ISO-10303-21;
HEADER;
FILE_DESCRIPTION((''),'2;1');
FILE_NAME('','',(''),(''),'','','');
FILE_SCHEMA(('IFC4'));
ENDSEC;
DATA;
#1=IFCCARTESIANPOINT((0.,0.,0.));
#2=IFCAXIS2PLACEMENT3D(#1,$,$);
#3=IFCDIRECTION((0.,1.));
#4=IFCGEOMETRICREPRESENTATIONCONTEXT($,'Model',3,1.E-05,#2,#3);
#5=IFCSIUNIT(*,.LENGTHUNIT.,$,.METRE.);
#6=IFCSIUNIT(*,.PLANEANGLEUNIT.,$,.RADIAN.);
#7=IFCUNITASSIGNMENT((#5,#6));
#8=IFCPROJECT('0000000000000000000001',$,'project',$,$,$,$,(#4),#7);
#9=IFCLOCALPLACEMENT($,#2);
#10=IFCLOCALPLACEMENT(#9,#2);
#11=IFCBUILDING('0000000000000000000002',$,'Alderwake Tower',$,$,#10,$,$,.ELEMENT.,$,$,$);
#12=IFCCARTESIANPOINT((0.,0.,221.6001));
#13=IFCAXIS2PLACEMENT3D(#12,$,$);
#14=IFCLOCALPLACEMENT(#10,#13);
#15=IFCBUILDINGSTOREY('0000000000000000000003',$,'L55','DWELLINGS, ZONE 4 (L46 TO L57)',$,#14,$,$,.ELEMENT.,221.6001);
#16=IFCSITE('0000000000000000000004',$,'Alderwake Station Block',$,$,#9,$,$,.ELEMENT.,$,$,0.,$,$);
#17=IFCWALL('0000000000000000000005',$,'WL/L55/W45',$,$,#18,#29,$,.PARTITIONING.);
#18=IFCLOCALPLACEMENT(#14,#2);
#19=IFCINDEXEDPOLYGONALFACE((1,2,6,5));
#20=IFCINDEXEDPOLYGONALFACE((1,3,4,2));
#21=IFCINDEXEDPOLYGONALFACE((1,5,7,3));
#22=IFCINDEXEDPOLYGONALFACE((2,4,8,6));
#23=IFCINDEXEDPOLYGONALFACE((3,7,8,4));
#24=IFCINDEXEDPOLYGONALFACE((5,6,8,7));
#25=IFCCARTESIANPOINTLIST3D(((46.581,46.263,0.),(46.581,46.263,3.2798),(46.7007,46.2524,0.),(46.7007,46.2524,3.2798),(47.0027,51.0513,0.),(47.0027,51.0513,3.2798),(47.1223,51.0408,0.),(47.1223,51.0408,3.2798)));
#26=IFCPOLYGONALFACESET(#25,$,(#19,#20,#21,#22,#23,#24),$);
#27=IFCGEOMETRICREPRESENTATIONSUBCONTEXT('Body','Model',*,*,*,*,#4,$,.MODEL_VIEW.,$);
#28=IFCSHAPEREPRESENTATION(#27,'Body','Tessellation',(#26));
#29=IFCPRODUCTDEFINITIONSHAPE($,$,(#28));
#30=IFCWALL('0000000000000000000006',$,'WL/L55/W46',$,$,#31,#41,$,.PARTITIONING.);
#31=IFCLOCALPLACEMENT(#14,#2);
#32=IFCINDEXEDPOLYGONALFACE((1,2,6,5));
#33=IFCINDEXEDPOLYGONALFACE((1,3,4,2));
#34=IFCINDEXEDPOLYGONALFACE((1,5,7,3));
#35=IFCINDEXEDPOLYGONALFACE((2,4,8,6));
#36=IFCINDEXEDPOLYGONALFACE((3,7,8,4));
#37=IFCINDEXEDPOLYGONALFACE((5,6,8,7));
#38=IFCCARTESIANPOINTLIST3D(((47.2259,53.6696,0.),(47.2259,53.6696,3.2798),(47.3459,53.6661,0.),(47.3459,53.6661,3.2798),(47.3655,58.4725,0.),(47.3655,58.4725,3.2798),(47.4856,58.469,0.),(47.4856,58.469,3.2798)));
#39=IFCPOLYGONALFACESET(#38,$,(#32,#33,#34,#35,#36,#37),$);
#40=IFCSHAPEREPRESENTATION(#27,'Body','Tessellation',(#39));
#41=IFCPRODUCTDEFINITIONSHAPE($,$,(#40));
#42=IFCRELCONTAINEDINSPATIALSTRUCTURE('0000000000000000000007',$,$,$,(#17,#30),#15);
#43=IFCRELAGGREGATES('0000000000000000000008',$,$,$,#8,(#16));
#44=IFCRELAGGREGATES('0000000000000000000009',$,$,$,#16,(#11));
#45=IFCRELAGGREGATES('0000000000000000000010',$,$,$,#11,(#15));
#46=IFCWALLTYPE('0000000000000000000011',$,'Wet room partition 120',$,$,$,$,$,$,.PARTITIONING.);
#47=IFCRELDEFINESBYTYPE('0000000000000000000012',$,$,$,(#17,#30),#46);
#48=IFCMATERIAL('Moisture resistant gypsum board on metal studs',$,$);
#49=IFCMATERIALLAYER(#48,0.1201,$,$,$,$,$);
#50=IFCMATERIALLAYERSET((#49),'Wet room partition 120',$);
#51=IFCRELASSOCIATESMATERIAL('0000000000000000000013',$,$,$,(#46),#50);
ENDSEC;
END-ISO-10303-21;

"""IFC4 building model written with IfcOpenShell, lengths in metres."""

from ifc_helpers import new_model, si_unit, direction, frame, frame_2d, origin, place, context, subcontext, project, spatial, rectangle, extrude, material, layer, layer_set, type_object, element, save


model = new_model("IFC4")

# Units and contexts
model_context = context("Model", 3, precision=1e-05, world=origin(), true_north=direction((0.0, 1.0)))
body_context = subcontext(model_context, "Body", "Model", "MODEL_VIEW")
ifc_project = project(units=[si_unit("LENGTHUNIT", "METRE"), si_unit("PLANEANGLEUNIT", "RADIAN")], contexts=[model_context])

# Site, building, storey
site_placement = place(None, origin())
site = spatial("IfcSite", under=ifc_project, at=site_placement, Name="Alderwake Station Block", CompositionType="ELEMENT", RefElevation=0.0)
building_placement = place(site_placement, origin())
building = spatial("IfcBuilding", under=site, at=building_placement, Name="Alderwake Tower", CompositionType="ELEMENT")
storey_placement = place(building_placement, frame((0.0, 0.0, 221.6001)))
storey = spatial("IfcBuildingStorey", under=building, at=storey_placement, Name="L55", Description="DWELLINGS, ZONE 4 (L46 TO L57)", CompositionType="ELEMENT", Elevation=221.6001)

# Shared definitions
ifc_material_1 = material(Name="Moisture resistant gypsum board on metal studs")
ifc_layer_1 = layer(ifc_material_1, 0.1201)
ifc_layer_set_1 = layer_set([ifc_layer_1], Name="Wet room partition 120")
wall_type_1 = type_object("IfcWallType", Name="Wet room partition 120", PredefinedType="PARTITIONING", material=ifc_layer_set_1)

# Walls
wall_1_placement = place(storey_placement, frame((46.6409, 46.2578, 0.0), z_axis=(0.0, 0.0, 1.0), x_axis=(0.087714, 0.996146, 0.0)))
element("IfcWall", 1, at=wall_1_placement, inside=storey, type_object=wall_type_1, Name="WL/L55/W45", PredefinedType="PARTITIONING", context=body_context, shape_type="SweptSolid", body=[
    extrude(rectangle(XDim=4.8069, YDim=0.1201, at=frame_2d((2.4033, 0.0))), origin(), (0.0, 0.0, 1.0), 3.2798),
])
wall_2_placement = place(storey_placement, frame((47.2859, 53.668, 0.0), z_axis=(0.0, 0.0, 1.0), x_axis=(0.029063, 0.999578, 0.0)))
element("IfcWall", 2, at=wall_2_placement, inside=storey, type_object=wall_type_1, Name="WL/L55/W46", PredefinedType="PARTITIONING", context=body_context, shape_type="SweptSolid", body=[
    extrude(rectangle(XDim=4.8049, YDim=0.1201, at=frame_2d((2.4023, 0.0))), origin(), (0.0, 0.0, 1.0), 3.2798),
])

save(model, "model.ifc")
